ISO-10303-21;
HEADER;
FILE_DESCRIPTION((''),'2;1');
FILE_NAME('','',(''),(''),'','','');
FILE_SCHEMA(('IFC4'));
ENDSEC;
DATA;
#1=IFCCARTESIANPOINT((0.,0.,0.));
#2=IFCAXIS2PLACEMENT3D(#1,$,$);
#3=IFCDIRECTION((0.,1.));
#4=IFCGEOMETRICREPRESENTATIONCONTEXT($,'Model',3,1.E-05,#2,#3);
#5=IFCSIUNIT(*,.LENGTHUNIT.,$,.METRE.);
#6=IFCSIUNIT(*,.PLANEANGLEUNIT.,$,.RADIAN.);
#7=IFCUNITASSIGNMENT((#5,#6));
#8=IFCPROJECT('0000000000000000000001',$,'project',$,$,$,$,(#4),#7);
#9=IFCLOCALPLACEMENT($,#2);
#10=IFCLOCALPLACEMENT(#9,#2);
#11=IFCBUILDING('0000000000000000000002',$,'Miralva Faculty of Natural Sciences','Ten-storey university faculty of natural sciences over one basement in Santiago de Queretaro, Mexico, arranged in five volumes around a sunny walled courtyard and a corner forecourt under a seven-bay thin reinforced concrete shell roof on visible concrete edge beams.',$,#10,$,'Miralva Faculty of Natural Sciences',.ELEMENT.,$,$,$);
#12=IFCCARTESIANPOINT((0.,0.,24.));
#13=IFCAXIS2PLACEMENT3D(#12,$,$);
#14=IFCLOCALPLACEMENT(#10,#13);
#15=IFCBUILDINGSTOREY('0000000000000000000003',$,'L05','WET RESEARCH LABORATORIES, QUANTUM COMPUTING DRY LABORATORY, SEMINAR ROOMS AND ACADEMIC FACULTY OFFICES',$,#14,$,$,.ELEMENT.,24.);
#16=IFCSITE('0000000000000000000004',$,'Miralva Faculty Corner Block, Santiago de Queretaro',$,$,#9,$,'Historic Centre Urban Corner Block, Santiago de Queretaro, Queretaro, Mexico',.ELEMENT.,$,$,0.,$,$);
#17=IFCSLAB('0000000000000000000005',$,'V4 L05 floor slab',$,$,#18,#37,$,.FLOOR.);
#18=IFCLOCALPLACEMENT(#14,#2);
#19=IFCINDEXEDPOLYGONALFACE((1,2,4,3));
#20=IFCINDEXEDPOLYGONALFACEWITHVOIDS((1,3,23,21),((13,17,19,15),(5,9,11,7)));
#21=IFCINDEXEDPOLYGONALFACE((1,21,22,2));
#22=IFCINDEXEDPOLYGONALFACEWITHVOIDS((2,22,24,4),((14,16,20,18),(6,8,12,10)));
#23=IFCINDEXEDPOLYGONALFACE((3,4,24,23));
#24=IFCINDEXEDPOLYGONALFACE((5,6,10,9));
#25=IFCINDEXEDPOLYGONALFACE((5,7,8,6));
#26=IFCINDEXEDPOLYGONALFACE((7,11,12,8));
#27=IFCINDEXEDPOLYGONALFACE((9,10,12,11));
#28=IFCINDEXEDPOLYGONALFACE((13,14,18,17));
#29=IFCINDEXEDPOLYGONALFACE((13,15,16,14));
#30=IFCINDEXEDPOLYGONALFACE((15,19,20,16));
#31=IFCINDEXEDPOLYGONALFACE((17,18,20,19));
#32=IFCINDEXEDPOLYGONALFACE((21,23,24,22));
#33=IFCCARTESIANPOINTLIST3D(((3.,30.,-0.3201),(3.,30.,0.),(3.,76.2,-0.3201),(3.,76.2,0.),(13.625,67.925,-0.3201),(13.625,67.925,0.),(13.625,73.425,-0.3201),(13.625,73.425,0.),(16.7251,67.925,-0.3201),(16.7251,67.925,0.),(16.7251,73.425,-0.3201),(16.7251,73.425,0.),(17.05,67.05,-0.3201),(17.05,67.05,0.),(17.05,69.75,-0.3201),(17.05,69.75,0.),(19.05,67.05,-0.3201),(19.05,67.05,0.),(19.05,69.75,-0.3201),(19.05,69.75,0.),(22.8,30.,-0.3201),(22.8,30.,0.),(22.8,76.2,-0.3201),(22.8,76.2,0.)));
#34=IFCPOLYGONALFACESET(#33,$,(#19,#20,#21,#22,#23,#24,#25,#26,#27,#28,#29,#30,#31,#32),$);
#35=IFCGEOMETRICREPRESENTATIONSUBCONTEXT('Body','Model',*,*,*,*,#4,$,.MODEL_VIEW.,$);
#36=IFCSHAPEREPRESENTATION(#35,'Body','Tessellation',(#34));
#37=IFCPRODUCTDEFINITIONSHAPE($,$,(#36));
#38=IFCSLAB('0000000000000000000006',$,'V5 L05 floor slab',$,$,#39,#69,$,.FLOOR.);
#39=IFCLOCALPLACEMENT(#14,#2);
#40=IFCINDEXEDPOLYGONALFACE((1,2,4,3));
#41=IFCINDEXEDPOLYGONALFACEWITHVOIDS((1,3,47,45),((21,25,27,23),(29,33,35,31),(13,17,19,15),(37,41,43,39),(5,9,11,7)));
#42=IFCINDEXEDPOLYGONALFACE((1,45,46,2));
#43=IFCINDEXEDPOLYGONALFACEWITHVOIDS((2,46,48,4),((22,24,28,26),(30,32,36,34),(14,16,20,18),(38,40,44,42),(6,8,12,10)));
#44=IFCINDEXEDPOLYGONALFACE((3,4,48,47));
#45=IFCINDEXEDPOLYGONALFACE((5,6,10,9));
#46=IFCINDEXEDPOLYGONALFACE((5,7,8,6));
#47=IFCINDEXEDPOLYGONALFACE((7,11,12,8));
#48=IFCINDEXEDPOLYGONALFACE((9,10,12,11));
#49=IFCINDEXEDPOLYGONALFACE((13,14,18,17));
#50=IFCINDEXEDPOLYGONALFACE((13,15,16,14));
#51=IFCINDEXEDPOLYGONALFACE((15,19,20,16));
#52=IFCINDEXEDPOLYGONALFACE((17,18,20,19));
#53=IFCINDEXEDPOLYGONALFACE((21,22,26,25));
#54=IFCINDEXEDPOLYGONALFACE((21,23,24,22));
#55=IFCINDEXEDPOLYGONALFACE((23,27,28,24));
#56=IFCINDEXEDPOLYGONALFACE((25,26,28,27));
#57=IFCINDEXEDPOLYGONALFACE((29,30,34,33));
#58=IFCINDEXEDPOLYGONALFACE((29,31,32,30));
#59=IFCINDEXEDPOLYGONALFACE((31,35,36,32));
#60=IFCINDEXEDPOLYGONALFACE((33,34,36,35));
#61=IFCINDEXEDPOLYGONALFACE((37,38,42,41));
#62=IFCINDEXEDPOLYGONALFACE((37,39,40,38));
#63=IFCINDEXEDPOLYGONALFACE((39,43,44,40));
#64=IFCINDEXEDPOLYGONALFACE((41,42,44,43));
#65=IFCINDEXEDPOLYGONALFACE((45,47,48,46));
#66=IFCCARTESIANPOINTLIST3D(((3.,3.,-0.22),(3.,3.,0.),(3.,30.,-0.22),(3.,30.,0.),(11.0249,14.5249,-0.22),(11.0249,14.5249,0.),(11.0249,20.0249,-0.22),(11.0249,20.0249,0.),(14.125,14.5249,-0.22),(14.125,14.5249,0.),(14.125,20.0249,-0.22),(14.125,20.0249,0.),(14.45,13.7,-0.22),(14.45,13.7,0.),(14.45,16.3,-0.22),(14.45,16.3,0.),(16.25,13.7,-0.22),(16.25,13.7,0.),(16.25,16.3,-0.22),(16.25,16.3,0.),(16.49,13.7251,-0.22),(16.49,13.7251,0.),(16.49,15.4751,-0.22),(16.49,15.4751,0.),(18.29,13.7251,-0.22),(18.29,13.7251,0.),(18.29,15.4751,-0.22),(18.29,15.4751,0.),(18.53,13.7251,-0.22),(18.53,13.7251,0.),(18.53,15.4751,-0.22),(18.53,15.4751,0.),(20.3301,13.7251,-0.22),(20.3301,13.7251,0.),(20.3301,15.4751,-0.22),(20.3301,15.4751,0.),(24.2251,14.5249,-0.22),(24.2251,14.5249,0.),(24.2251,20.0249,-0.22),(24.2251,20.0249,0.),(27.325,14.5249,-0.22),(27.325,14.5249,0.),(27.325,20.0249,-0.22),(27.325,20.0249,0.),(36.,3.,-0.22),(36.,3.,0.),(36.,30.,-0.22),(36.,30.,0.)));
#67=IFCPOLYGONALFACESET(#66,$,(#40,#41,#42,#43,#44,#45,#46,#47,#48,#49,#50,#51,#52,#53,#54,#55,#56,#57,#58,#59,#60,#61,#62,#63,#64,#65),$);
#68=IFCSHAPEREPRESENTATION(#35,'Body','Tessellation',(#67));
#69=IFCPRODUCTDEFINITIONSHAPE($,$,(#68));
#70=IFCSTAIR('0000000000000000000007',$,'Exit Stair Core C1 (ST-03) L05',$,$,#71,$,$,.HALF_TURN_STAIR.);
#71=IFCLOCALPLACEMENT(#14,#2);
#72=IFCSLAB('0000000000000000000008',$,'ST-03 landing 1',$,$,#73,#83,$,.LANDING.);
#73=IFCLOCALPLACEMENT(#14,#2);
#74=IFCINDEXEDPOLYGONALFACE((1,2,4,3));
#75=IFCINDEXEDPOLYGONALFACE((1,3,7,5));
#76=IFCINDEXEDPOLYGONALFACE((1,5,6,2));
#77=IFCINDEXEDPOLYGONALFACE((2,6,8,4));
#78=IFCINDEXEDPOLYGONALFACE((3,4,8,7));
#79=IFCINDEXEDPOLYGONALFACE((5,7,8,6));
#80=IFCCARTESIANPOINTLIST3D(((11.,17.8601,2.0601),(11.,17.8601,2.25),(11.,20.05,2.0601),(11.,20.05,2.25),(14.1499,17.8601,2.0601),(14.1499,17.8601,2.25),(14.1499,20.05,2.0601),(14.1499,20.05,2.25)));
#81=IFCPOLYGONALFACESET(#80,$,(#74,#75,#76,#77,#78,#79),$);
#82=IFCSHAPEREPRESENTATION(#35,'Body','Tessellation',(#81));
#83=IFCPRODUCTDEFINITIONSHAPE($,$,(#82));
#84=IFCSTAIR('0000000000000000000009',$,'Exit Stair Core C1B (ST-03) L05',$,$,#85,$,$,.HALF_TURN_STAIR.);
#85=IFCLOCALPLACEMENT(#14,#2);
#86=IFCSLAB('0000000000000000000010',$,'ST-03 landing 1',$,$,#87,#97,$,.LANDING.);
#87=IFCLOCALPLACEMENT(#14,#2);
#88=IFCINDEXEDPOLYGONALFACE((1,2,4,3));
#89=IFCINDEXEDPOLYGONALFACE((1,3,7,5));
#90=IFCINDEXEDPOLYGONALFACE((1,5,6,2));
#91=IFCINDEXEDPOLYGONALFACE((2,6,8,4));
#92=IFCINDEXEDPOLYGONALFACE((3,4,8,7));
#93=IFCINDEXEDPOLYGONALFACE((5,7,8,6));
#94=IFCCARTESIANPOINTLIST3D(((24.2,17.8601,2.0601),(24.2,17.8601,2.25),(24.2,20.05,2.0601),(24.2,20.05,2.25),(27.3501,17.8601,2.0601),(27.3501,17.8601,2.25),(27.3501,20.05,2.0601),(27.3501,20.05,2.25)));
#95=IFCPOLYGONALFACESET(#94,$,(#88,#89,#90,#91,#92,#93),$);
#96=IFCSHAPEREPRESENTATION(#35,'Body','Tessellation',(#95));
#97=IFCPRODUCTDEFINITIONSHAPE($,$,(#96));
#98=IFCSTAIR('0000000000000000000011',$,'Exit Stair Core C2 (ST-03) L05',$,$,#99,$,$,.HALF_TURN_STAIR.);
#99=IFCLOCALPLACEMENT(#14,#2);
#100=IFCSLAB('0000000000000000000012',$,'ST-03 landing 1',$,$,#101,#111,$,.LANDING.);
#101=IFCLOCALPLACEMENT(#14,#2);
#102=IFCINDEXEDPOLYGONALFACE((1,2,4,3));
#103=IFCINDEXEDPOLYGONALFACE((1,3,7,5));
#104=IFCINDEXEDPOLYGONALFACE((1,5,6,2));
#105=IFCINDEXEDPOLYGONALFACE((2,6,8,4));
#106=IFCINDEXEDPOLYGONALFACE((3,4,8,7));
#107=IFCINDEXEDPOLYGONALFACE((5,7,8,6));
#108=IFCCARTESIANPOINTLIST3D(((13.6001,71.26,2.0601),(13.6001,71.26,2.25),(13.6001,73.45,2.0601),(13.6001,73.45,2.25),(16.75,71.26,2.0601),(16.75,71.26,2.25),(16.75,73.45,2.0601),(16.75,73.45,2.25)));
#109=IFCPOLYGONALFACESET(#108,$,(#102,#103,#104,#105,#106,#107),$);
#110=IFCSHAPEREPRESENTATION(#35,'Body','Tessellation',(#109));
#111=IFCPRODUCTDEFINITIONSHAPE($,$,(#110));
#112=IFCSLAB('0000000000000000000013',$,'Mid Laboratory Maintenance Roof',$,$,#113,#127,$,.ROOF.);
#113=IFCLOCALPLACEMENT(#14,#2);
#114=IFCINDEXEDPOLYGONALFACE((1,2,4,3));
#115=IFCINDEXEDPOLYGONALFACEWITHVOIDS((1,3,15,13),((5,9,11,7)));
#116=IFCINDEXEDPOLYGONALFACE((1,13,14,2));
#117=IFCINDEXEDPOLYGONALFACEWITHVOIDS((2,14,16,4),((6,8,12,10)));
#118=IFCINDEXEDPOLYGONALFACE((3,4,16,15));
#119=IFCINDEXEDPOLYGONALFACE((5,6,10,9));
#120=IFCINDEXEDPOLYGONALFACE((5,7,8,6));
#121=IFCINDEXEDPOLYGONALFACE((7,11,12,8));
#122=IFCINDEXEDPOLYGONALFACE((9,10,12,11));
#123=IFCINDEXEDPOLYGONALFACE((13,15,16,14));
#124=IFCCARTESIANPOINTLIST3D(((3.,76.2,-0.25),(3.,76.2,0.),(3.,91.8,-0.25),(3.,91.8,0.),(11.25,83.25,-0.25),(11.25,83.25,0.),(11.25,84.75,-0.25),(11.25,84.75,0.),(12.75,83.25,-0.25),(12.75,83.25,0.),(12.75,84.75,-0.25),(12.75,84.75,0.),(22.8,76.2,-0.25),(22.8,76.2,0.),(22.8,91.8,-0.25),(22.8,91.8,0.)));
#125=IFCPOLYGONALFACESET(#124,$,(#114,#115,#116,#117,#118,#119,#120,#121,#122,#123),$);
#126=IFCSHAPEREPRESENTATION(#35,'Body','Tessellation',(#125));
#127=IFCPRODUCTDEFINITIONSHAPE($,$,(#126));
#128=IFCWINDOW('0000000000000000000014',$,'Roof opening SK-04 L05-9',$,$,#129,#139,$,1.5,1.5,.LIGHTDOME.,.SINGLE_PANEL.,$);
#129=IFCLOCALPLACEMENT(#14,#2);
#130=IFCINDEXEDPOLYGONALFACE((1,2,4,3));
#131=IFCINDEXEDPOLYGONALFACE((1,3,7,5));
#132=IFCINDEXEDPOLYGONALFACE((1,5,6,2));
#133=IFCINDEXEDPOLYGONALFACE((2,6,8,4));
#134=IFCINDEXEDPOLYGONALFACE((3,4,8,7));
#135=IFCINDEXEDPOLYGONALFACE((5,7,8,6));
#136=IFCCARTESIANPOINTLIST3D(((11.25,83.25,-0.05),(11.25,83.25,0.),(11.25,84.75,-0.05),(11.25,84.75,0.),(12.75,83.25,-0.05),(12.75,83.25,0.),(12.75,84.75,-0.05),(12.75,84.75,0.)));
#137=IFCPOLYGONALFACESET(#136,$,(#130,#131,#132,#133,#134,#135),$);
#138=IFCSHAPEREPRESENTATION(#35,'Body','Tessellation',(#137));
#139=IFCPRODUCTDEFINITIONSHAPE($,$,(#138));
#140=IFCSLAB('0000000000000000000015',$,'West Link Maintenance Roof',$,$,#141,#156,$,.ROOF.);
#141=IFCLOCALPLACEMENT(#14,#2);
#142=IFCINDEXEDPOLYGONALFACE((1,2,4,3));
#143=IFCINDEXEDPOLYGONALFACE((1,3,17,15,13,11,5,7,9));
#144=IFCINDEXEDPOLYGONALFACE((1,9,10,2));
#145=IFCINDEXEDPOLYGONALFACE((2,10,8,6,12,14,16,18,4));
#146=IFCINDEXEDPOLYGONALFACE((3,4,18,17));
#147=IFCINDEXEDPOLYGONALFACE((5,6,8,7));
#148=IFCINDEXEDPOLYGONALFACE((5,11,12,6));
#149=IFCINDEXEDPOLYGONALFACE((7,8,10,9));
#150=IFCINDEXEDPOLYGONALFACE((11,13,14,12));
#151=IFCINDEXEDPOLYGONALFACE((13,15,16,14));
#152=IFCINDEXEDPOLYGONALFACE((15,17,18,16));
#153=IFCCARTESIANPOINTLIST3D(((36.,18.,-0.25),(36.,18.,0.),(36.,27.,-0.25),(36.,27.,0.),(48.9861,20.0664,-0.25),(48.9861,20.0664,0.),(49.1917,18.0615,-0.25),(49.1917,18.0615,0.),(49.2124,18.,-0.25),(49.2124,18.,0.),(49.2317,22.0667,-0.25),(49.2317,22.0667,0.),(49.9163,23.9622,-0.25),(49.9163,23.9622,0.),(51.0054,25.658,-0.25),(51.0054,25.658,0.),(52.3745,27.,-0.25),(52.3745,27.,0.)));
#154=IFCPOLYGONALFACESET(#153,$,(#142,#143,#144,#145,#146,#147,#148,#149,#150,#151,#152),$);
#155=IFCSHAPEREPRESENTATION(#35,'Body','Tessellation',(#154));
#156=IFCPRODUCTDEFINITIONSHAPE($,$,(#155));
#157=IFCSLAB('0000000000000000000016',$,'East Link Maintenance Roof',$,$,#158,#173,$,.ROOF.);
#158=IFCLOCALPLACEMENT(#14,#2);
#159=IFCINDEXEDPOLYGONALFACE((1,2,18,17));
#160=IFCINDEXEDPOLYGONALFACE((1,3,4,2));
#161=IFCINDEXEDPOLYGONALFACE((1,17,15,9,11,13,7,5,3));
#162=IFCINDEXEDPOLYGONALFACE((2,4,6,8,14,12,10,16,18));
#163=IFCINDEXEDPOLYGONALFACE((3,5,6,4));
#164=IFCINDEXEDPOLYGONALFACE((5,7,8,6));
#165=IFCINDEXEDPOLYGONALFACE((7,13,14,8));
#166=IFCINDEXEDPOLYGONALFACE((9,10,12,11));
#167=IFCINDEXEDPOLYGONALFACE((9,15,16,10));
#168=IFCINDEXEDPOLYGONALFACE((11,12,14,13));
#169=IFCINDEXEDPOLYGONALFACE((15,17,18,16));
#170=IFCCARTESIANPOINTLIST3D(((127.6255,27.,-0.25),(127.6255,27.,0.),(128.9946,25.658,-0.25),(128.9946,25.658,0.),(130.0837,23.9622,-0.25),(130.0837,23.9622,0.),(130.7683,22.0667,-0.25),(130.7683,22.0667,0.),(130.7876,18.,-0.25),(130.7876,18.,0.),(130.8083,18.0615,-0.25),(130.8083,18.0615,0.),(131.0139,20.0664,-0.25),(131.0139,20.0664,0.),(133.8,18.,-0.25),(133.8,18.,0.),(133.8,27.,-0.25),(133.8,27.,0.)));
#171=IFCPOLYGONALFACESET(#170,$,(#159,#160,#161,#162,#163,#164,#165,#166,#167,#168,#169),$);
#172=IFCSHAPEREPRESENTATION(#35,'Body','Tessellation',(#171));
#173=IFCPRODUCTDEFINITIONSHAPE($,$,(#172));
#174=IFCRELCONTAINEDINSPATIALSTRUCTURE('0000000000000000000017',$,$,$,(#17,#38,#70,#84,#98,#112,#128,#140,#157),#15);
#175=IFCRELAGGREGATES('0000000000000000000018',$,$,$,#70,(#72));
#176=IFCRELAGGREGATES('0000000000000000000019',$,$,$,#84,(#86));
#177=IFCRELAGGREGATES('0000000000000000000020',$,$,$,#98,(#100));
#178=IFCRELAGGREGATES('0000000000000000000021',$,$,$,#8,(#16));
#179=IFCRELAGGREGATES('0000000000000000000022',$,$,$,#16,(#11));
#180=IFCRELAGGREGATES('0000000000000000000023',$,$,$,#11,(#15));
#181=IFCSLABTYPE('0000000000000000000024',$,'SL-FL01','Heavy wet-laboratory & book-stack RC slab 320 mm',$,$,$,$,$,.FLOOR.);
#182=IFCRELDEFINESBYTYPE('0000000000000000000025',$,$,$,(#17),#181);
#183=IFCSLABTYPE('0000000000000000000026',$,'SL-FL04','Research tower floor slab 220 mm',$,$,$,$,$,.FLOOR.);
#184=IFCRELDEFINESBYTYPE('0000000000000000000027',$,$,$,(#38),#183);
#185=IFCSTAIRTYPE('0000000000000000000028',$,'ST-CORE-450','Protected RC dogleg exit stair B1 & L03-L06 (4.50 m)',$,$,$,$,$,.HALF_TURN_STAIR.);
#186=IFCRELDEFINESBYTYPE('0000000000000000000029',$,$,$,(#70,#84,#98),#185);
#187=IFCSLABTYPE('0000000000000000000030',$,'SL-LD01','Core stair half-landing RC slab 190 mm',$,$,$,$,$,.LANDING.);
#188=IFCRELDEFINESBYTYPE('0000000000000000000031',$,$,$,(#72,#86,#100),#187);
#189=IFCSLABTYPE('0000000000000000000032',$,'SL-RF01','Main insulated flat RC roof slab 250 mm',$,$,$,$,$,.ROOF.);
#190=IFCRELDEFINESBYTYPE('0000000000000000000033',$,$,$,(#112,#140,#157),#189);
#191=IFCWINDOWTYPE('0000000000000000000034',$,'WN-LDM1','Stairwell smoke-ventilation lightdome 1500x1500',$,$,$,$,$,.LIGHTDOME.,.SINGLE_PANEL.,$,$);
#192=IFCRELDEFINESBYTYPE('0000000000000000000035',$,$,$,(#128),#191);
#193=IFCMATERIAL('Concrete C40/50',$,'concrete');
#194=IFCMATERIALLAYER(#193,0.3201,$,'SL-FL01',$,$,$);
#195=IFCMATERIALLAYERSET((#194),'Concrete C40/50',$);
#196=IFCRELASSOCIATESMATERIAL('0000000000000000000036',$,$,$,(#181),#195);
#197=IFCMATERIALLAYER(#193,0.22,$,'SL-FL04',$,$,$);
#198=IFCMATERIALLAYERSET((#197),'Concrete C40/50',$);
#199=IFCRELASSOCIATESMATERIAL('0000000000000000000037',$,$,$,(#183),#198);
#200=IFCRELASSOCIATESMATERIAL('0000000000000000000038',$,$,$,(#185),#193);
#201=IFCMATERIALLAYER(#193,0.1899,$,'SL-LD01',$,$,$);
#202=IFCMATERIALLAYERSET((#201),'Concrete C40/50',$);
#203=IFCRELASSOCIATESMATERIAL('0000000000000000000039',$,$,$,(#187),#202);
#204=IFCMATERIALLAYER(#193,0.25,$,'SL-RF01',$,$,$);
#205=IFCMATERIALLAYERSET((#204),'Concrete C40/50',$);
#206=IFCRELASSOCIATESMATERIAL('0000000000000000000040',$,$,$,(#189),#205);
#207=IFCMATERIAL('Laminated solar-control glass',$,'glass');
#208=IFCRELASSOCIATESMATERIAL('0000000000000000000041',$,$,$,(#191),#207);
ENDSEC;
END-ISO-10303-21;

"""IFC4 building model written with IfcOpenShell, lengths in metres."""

from ifc_helpers import new_model, si_unit, direction, frame, origin, origin_2d, place, context, subcontext, project, spatial, polyline, rectangle, outline, extrude, material, layer, layer_set, type_object, element, fill, aggregate, save


model = new_model("IFC4")

# Units and contexts
model_context = context("Model", 3, precision=1e-05, world=origin(), true_north=direction((0.0, 1.0)))
body_context = subcontext(model_context, "Body", "Model", "MODEL_VIEW")
ifc_project = project(units=[si_unit("LENGTHUNIT", "METRE"), si_unit("PLANEANGLEUNIT", "RADIAN")], contexts=[model_context])

# Site, building, storey
site_placement = place(None, origin())
site = spatial("IfcSite", under=ifc_project, at=site_placement, Name="Miralva Faculty Corner Block, Santiago de Queretaro", LongName="Historic Centre Urban Corner Block, Santiago de Queretaro, Queretaro, Mexico", CompositionType="ELEMENT", RefElevation=0.0)
building_placement = place(site_placement, origin())
building = spatial("IfcBuilding", under=site, at=building_placement, Name="Miralva Faculty of Natural Sciences", Description="Ten-storey university faculty of natural sciences over one basement in Santiago de Queretaro, Mexico, arranged in five volumes around a sunny walled courtyard and a corner forecourt under a seven-bay thin reinforced concrete shell roof on visible concrete edge beams.", LongName="Miralva Faculty of Natural Sciences", CompositionType="ELEMENT")
storey_placement = place(building_placement, frame((0.0, 0.0, 24.0)))
storey = spatial("IfcBuildingStorey", under=building, at=storey_placement, Name="L05", Description="WET RESEARCH LABORATORIES, QUANTUM COMPUTING DRY LABORATORY, SEMINAR ROOMS AND ACADEMIC FACULTY OFFICES", CompositionType="ELEMENT", Elevation=24.0)

# Shared definitions
ifc_material_1 = material(Name="Concrete C40/50", Category="concrete")

# Shared definitions
ifc_material_2 = material(Name="Laminated solar-control glass", Category="glass")

# Slabs
ifc_layer_1 = layer(ifc_material_1, 0.3201, Name="SL-FL01")
ifc_layer_set_1 = layer_set([ifc_layer_1], Name="Concrete C40/50")
slab_type_1 = type_object("IfcSlabType", Name="SL-FL01", Description="Heavy wet-laboratory & book-stack RC slab 320 mm", PredefinedType="FLOOR", material=ifc_layer_set_1)
slab_1_placement = place(storey_placement, frame((0.0, 0.0, -0.3201)))
element("IfcSlab", 1, at=slab_1_placement, inside=storey, type_object=slab_type_1, Name="V4 L05 floor slab", PredefinedType="FLOOR", context=body_context, shape_type="SweptSolid", body=[
    extrude(outline(polyline([(22.8, 30.0), (3.0, 30.0), (3.0, 76.2), (22.8, 76.2), (22.8, 30.0)]), holes=[polyline([(16.7251, 67.925), (13.625, 67.925), (13.625, 73.425), (16.7251, 73.425), (16.7251, 67.925)]), polyline([(19.05, 67.05), (17.05, 67.05), (17.05, 69.75), (19.05, 69.75), (19.05, 67.05)])]), origin(), (0.0, 0.0, 1.0), 0.3201),
])
ifc_layer_2 = layer(ifc_material_1, 0.22, Name="SL-FL04")
ifc_layer_set_2 = layer_set([ifc_layer_2], Name="Concrete C40/50")
slab_type_2 = type_object("IfcSlabType", Name="SL-FL04", Description="Research tower floor slab 220 mm", PredefinedType="FLOOR", material=ifc_layer_set_2)
slab_2_placement = place(storey_placement, frame((0.0, 0.0, -0.22)))
element("IfcSlab", 2, at=slab_2_placement, inside=storey, type_object=slab_type_2, Name="V5 L05 floor slab", PredefinedType="FLOOR", context=body_context, shape_type="SweptSolid", body=[
    extrude(outline(polyline([(36.0, 3.0), (3.0, 3.0), (3.0, 30.0), (36.0, 30.0), (36.0, 3.0)]), holes=[polyline([(14.125, 14.5249), (11.0249, 14.5249), (11.0249, 20.0249), (14.125, 20.0249), (14.125, 14.5249)]), polyline([(16.25, 13.7), (14.45, 13.7), (14.45, 16.3), (16.25, 16.3), (16.25, 13.7)]), polyline([(18.29, 13.7251), (16.49, 13.7251), (16.49, 15.4751), (18.29, 15.4751), (18.29, 13.7251)]), polyline([(27.325, 14.5249), (24.2251, 14.5249), (24.2251, 20.0249), (27.325, 20.0249), (27.325, 14.5249)]), polyline([(20.3301, 13.7251), (18.53, 13.7251), (18.53, 15.4751), (20.3301, 15.4751), (20.3301, 13.7251)])]), origin(), (0.0, 0.0, 1.0), 0.22),
])

# Stairs, slabs
stair_type = type_object("IfcStairType", Name="ST-CORE-450", Description="Protected RC dogleg exit stair B1 & L03-L06 (4.50 m)", PredefinedType="HALF_TURN_STAIR", material=ifc_material_1)
stair_1_placement = place(storey_placement, origin())
stair_1 = element("IfcStair", 3, at=stair_1_placement, inside=storey, type_object=stair_type, Name="Exit Stair Core C1 (ST-03) L05", PredefinedType="HALF_TURN_STAIR")
ifc_layer_3 = layer(ifc_material_1, 0.1899, Name="SL-LD01")
ifc_layer_set_3 = layer_set([ifc_layer_3], Name="Concrete C40/50")
slab_type_3 = type_object("IfcSlabType", Name="SL-LD01", Description="Core stair half-landing RC slab 190 mm", PredefinedType="LANDING", material=ifc_layer_set_3)
slab_3_placement = place(storey_placement, frame((0.0, 0.0, 2.0601)))
slab_3 = element("IfcSlab", 4, at=slab_3_placement, type_object=slab_type_3, Name="ST-03 landing 1", PredefinedType="LANDING", context=body_context, shape_type="SweptSolid", body=[
    extrude(outline(polyline([(14.1499, 17.8601), (14.1499, 20.05), (11.0, 20.05), (11.0, 17.8601), (14.1499, 17.8601)])), origin(), (0.0, 0.0, 1.0), 0.1899),
])
aggregate(stair_1, [slab_3])
stair_2_placement = place(storey_placement, origin())
stair_2 = element("IfcStair", 5, at=stair_2_placement, inside=storey, type_object=stair_type, Name="Exit Stair Core C1B (ST-03) L05", PredefinedType="HALF_TURN_STAIR")
slab_4_placement = place(storey_placement, frame((0.0, 0.0, 2.0601)))
slab_4 = element("IfcSlab", 6, at=slab_4_placement, type_object=slab_type_3, Name="ST-03 landing 1", PredefinedType="LANDING", context=body_context, shape_type="SweptSolid", body=[
    extrude(outline(polyline([(27.3501, 17.8601), (27.3501, 20.05), (24.2, 20.05), (24.2, 17.8601), (27.3501, 17.8601)])), origin(), (0.0, 0.0, 1.0), 0.1899),
])
aggregate(stair_2, [slab_4])
stair_3_placement = place(storey_placement, origin())
stair_3 = element("IfcStair", 7, at=stair_3_placement, inside=storey, type_object=stair_type, Name="Exit Stair Core C2 (ST-03) L05", PredefinedType="HALF_TURN_STAIR")
slab_5_placement = place(storey_placement, frame((0.0, 0.0, 2.0601)))
slab_5 = element("IfcSlab", 8, at=slab_5_placement, type_object=slab_type_3, Name="ST-03 landing 1", PredefinedType="LANDING", context=body_context, shape_type="SweptSolid", body=[
    extrude(outline(polyline([(16.75, 71.26), (16.75, 73.45), (13.6001, 73.45), (13.6001, 71.26), (16.75, 71.26)])), origin(), (0.0, 0.0, 1.0), 0.1899),
])
aggregate(stair_3, [slab_5])

# Slab, opening, window
ifc_layer_4 = layer(ifc_material_1, 0.25, Name="SL-RF01")
ifc_layer_set_4 = layer_set([ifc_layer_4], Name="Concrete C40/50")
slab_type_4 = type_object("IfcSlabType", Name="SL-RF01", Description="Main insulated flat RC roof slab 250 mm", PredefinedType="ROOF", material=ifc_layer_set_4)
slab_6_placement = place(storey_placement, frame((0.0, 0.0, -0.25)))
slab_6 = element("IfcSlab", 9, at=slab_6_placement, inside=storey, type_object=slab_type_4, Name="Mid Laboratory Maintenance Roof", PredefinedType="ROOF", context=body_context, shape_type="SweptSolid", body=[
    extrude(outline(polyline([(22.8, 76.2), (3.0, 76.2), (3.0, 91.8), (22.8, 91.8), (22.8, 76.2)])), origin(), (0.0, 0.0, 1.0), 0.25),
])
opening_1_placement = place(slab_6_placement, frame((12.0, 84.0, 0.0)))
opening_1 = element("IfcOpeningElement", 10, at=opening_1_placement, cuts=slab_6, PredefinedType="OPENING", context=body_context, shape_type="SweptSolid", body=[
    extrude(rectangle(XDim=1.5, YDim=1.5, at=origin_2d()), frame((0.0, 0.0, -0.01)), (0.0, 0.0, 1.0), 0.27),
])
window_type_1 = type_object("IfcWindowType", Name="WN-LDM1", Description="Stairwell smoke-ventilation lightdome 1500x1500", PartitioningType="SINGLE_PANEL", PredefinedType="LIGHTDOME", material=ifc_material_2)
window_1_placement = place(opening_1_placement, frame((0.0, 0.0, 0.2)))
window_1 = element("IfcWindow", 11, at=window_1_placement, inside=storey, type_object=window_type_1, Name="Roof opening SK-04 L05-9", OverallHeight=1.5, OverallWidth=1.5, PartitioningType="SINGLE_PANEL", PredefinedType="LIGHTDOME", context=body_context, shape_type="SweptSolid", body=[
    extrude(rectangle(XDim=1.5, YDim=1.5, at=origin_2d()), origin(), (0.0, 0.0, 1.0), 0.05),
])
fill(opening_1, window_1)

# Slabs
slab_7_placement = place(storey_placement, frame((0.0, 0.0, -0.25)))
element("IfcSlab", 12, at=slab_7_placement, inside=storey, type_object=slab_type_4, Name="West Link Maintenance Roof", PredefinedType="ROOF", context=body_context, shape_type="SweptSolid", body=[
    extrude(outline(polyline([(36.0, 18.0), (36.0, 27.0), (52.3745, 27.0), (51.0054, 25.658), (49.9163, 23.9622), (49.2317, 22.0667), (48.9861, 20.0664), (49.1917, 18.0615), (49.2124, 18.0), (36.0, 18.0)])), origin(), (0.0, 0.0, 1.0), 0.25),
])
slab_8_placement = place(storey_placement, frame((0.0, 0.0, -0.25)))
element("IfcSlab", 13, at=slab_8_placement, inside=storey, type_object=slab_type_4, Name="East Link Maintenance Roof", PredefinedType="ROOF", context=body_context, shape_type="SweptSolid", body=[
    extrude(outline(polyline([(133.8, 27.0), (133.8, 18.0), (130.7876, 18.0), (130.8083, 18.0615), (131.0139, 20.0664), (130.7683, 22.0667), (130.0837, 23.9622), (128.9946, 25.658), (127.6255, 27.0), (133.8, 27.0)])), origin(), (0.0, 0.0, 1.0), 0.25),
])

save(model, "model.ifc")
